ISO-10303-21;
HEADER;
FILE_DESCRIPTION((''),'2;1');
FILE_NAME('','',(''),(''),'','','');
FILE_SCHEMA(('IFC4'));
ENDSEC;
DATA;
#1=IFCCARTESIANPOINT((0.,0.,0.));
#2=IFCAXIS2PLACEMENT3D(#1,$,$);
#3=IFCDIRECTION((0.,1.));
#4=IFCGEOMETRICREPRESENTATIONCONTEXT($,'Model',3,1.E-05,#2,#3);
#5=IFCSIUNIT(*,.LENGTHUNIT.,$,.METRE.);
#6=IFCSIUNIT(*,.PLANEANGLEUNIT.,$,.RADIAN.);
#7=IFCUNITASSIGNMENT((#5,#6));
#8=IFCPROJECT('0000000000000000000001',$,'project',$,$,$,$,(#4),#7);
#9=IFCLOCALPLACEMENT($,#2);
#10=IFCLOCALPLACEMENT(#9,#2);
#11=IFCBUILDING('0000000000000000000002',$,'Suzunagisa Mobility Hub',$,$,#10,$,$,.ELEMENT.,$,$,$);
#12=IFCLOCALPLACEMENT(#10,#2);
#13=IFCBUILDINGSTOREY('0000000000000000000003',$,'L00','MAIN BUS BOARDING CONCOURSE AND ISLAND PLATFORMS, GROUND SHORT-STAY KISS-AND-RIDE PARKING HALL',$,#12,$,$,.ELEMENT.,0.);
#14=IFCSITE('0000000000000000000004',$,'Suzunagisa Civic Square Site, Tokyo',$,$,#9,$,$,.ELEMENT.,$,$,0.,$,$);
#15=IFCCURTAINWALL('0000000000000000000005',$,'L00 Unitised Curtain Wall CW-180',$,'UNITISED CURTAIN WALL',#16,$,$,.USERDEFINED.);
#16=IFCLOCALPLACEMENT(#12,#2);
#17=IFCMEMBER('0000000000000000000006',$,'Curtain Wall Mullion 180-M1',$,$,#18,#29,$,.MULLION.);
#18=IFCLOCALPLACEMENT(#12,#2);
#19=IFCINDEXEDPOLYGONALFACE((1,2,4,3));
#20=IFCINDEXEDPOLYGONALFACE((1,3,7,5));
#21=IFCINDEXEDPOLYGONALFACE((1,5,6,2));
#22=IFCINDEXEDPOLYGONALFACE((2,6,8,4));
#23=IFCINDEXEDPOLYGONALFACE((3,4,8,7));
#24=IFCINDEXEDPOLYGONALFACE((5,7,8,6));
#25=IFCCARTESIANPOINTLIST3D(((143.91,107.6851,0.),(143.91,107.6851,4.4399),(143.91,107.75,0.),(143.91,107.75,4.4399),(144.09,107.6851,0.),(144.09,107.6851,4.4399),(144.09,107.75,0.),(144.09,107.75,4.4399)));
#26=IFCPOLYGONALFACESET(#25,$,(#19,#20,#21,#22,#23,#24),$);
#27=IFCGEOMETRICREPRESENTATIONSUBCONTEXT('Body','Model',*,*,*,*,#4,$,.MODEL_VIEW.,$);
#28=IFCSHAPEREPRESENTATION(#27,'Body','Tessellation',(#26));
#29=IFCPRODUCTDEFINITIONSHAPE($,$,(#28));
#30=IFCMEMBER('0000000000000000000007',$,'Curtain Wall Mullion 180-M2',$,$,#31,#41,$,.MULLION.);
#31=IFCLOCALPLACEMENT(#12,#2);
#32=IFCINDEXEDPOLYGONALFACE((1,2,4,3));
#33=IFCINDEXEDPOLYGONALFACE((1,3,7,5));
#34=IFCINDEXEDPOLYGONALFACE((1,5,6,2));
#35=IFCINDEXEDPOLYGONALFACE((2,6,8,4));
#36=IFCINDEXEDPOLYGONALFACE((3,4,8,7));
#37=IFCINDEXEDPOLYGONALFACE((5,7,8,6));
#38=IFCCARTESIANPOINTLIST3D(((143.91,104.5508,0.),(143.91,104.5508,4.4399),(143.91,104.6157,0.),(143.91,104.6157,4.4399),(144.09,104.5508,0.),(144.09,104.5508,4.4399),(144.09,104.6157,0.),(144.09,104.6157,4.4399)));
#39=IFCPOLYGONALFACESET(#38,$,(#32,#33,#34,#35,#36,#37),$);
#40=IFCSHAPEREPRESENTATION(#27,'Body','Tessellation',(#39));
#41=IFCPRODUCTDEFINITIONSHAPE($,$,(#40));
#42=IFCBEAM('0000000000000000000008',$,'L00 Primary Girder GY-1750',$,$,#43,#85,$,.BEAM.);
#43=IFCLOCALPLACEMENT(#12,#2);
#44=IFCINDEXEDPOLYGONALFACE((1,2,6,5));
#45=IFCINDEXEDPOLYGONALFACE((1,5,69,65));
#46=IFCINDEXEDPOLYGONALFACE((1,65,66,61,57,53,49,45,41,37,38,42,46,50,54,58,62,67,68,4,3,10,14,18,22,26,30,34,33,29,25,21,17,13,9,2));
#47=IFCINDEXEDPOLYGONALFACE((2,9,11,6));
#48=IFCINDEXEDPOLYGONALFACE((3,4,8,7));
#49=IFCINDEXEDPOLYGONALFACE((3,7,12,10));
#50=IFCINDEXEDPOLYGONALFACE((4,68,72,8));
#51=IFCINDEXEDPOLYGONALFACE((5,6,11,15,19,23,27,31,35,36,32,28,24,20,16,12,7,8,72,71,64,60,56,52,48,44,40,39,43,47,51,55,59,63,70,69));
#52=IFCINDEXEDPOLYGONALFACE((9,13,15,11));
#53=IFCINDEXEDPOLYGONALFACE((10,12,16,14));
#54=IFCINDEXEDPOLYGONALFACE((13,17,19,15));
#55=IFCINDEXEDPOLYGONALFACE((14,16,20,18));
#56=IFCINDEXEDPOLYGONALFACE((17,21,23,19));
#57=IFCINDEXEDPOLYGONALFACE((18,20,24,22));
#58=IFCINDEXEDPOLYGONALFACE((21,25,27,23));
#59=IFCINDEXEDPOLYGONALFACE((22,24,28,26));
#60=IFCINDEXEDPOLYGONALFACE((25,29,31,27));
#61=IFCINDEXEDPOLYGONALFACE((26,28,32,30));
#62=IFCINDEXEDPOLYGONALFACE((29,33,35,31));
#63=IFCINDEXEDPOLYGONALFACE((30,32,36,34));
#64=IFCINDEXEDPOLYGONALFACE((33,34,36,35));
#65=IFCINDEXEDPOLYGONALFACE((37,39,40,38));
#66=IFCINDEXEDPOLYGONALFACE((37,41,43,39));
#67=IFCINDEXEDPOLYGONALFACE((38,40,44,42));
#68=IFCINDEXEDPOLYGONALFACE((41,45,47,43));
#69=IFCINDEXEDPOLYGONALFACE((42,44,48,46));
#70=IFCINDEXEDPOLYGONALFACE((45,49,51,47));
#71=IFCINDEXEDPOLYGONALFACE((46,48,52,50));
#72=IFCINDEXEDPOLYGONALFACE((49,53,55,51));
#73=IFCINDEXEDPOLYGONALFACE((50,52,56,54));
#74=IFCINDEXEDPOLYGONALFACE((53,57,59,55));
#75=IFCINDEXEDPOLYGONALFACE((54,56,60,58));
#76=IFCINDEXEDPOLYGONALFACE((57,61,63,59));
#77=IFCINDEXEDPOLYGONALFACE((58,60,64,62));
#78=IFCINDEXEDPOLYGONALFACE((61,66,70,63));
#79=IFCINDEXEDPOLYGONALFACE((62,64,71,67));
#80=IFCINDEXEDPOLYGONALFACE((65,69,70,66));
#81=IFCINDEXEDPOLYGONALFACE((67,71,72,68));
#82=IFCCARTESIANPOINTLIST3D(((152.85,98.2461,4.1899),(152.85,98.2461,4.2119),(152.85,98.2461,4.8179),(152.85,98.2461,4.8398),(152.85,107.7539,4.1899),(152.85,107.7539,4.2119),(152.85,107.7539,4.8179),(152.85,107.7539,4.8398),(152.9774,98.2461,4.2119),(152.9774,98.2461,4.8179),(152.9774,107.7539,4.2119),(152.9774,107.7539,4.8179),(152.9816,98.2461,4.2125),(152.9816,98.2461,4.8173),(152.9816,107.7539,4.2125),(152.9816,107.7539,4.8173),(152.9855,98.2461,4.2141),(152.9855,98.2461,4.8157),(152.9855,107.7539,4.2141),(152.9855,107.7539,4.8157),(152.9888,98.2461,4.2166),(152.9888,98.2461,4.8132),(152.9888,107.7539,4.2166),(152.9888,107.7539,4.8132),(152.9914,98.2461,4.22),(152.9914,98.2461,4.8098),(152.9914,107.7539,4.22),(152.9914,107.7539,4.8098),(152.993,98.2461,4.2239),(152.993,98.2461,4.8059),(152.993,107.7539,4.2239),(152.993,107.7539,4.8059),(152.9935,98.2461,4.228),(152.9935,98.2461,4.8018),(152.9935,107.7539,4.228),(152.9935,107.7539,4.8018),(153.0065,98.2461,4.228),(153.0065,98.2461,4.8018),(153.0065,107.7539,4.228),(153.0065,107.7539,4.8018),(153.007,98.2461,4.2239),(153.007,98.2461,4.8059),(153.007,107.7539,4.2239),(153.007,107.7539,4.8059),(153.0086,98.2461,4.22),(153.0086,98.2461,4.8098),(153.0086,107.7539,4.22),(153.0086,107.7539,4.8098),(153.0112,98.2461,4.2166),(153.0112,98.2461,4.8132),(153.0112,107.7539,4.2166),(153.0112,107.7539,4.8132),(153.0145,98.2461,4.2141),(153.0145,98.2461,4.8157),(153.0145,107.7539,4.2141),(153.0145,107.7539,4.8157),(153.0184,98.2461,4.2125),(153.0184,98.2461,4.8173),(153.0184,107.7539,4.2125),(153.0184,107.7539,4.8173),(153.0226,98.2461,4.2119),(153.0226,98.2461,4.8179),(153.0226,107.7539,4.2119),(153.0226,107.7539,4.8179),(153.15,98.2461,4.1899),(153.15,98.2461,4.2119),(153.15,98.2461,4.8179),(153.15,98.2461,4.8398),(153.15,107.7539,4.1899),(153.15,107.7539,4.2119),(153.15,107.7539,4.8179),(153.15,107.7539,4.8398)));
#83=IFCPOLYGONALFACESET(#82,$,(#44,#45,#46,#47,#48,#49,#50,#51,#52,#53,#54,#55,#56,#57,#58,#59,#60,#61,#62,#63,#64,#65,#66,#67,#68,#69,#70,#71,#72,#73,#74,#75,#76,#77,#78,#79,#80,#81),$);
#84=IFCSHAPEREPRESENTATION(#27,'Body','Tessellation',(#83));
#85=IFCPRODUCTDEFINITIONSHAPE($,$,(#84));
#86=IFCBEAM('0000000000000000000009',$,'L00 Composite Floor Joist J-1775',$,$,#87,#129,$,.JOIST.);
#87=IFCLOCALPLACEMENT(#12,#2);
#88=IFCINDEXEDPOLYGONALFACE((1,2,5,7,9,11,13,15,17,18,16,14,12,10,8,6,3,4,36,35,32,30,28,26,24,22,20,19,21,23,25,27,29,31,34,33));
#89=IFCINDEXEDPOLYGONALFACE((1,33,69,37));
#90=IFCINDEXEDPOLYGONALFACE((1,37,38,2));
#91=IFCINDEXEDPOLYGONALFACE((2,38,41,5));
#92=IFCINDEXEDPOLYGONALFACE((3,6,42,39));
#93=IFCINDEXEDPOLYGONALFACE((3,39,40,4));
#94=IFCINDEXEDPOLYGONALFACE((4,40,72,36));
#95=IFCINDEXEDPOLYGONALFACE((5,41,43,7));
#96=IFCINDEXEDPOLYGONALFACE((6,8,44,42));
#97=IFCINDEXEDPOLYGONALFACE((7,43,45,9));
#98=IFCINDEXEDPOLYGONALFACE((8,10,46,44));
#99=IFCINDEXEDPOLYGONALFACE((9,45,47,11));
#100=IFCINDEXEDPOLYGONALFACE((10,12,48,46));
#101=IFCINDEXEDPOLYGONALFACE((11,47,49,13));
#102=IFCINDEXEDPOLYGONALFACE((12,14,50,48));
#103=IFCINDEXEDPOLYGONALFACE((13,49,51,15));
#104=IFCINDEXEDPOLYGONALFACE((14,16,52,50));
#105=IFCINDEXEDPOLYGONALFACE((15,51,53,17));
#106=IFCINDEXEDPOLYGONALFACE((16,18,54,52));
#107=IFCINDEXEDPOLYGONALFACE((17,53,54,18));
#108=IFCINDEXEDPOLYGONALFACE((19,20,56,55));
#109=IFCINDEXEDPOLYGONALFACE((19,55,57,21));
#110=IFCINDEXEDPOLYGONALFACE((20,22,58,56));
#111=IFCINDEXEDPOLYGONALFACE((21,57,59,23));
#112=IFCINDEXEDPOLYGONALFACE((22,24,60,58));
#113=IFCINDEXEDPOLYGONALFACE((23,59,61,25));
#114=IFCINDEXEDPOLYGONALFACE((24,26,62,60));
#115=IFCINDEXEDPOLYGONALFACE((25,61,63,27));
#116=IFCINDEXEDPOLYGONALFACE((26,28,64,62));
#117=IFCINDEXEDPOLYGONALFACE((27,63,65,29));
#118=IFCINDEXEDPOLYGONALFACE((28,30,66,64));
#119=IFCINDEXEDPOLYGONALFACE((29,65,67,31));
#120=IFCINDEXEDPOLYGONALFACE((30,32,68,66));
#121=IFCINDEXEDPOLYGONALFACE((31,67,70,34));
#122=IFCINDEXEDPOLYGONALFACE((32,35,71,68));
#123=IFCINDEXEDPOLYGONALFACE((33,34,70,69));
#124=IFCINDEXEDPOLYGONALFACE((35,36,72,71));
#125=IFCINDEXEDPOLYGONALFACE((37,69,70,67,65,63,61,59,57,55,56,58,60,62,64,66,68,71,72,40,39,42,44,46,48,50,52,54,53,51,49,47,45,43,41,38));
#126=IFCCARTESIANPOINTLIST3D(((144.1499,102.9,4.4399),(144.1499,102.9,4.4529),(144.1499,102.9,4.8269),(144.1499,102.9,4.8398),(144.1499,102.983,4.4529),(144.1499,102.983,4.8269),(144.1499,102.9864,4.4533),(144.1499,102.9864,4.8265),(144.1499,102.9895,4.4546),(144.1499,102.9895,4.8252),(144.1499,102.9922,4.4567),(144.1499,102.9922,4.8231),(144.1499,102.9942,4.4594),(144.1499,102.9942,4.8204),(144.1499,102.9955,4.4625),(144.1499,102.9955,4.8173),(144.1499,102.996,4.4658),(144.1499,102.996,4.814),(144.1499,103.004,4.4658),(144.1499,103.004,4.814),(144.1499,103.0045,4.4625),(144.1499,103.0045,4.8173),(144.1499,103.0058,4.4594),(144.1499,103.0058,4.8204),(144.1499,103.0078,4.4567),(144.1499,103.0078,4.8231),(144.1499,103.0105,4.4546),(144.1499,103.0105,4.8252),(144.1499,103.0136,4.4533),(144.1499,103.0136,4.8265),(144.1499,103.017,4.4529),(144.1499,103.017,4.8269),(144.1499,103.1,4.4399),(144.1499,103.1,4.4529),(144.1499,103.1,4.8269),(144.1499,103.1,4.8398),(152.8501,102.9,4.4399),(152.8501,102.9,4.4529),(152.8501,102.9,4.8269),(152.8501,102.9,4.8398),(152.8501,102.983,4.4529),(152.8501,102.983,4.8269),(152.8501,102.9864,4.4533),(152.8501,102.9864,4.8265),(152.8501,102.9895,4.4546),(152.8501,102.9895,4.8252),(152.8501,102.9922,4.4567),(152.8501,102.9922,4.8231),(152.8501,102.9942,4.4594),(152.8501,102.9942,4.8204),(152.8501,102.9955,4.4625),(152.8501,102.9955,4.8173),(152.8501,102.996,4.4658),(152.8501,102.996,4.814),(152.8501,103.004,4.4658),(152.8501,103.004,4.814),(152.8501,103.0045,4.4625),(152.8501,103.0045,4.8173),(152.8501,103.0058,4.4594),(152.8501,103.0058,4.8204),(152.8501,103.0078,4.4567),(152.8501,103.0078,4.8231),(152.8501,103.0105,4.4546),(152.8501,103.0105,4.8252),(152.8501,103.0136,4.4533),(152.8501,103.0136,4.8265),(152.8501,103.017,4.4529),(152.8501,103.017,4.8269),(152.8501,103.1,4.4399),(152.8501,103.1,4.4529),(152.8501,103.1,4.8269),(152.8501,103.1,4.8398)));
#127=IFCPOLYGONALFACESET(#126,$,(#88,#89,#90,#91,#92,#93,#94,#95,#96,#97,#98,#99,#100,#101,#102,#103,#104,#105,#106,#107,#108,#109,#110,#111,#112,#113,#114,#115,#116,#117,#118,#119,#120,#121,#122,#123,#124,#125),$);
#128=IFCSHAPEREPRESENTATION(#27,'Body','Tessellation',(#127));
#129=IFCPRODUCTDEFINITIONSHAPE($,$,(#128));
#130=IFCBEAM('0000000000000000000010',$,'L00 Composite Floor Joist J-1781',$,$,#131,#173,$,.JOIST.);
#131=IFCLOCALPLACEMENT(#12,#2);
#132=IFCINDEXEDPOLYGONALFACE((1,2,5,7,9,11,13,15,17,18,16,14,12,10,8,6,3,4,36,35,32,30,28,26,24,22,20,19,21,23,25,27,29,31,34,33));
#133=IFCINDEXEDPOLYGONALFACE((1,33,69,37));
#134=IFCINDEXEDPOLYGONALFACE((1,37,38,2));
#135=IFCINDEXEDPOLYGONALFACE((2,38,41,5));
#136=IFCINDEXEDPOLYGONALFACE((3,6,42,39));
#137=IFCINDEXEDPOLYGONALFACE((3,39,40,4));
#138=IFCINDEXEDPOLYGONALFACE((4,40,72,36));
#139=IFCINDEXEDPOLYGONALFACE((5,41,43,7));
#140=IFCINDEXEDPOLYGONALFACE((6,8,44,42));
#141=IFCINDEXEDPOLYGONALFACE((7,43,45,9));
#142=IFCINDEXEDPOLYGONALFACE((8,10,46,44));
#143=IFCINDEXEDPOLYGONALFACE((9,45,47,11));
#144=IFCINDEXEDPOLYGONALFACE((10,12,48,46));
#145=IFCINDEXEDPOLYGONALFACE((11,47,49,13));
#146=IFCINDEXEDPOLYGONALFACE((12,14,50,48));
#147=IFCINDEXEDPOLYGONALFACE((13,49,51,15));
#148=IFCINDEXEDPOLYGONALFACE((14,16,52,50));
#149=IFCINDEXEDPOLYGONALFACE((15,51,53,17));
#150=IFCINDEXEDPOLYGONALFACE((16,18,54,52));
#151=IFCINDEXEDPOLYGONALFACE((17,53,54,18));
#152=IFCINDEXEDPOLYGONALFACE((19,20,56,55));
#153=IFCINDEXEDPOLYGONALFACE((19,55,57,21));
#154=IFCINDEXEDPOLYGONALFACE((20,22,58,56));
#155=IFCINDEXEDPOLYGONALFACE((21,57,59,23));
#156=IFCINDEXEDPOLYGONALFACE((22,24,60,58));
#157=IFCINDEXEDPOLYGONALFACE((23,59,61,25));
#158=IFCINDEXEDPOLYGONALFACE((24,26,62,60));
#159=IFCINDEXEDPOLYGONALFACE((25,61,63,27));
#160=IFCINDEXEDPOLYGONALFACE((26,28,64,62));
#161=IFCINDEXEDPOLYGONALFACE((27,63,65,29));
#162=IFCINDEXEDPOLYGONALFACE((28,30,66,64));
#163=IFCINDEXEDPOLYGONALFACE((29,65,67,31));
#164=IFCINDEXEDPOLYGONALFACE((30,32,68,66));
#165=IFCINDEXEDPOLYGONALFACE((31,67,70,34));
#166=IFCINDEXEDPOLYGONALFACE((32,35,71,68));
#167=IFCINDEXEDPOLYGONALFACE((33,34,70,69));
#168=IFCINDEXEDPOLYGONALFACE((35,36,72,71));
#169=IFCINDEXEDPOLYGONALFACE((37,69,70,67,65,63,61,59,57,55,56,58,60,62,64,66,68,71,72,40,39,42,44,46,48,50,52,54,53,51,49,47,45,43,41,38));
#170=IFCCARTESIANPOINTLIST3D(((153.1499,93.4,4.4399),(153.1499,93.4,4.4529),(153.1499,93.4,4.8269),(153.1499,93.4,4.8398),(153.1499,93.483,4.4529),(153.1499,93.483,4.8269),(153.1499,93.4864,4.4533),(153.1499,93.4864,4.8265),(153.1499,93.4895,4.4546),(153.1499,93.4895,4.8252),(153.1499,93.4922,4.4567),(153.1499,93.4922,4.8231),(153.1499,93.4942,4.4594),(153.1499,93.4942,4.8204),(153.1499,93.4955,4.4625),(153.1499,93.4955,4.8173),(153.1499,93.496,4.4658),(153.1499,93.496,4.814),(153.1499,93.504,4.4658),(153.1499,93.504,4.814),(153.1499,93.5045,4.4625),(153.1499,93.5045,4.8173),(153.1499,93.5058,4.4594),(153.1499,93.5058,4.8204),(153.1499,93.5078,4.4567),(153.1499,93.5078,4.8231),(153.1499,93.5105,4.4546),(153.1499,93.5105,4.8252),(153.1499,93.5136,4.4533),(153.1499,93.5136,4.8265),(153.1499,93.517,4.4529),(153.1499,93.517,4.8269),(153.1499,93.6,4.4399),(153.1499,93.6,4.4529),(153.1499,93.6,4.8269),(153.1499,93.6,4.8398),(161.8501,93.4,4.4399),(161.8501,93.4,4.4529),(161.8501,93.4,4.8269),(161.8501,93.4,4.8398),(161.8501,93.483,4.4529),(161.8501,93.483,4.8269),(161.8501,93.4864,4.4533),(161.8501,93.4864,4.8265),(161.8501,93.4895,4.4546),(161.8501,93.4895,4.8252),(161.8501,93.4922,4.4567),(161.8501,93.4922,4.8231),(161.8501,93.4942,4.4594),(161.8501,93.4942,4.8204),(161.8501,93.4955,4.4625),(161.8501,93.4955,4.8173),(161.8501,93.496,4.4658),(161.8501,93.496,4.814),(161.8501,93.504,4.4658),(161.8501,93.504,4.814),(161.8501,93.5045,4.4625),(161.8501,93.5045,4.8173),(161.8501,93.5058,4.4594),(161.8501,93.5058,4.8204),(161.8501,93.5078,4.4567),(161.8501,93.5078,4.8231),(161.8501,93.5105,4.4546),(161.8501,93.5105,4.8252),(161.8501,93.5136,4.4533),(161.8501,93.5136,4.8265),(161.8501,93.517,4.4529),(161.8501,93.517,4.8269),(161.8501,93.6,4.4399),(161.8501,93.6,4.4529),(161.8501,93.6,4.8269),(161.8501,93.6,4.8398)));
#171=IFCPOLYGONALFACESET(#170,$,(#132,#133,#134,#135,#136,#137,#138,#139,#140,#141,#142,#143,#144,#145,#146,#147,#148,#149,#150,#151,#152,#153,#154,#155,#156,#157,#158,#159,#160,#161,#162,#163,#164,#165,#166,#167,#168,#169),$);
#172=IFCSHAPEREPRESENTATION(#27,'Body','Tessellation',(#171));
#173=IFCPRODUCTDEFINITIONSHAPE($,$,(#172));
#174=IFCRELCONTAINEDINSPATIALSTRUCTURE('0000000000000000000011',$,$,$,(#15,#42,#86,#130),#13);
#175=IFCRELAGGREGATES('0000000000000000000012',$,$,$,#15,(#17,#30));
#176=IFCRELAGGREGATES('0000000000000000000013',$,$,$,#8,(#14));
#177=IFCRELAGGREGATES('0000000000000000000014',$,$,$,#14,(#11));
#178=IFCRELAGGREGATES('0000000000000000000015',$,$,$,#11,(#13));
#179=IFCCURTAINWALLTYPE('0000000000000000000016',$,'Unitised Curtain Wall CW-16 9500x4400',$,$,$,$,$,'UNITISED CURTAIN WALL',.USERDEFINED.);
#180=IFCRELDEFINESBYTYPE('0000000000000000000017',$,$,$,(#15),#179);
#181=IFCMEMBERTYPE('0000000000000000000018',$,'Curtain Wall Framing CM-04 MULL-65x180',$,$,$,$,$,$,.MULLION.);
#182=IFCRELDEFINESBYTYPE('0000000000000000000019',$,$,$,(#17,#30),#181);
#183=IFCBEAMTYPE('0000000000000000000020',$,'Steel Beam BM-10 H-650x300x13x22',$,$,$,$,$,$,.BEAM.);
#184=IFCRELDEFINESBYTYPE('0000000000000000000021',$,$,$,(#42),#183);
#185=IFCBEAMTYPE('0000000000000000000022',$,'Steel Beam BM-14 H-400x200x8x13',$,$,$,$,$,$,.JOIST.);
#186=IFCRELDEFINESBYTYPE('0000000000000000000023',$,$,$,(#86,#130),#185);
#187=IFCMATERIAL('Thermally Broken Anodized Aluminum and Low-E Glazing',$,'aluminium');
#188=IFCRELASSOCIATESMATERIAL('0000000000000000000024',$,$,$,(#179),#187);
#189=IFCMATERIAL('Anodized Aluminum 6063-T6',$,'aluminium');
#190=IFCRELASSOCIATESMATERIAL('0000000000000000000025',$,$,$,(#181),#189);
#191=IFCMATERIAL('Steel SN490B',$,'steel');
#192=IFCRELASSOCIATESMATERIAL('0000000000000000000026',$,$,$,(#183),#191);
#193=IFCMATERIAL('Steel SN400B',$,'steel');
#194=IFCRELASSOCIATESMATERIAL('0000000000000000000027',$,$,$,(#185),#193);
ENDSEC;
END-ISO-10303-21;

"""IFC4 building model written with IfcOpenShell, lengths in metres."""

from ifc_helpers import new_model, si_unit, direction, frame, origin, origin_2d, place, context, subcontext, project, spatial, rectangle, i_section, extrude, material, material_profile, profile_set, type_object, element, aggregate, save


model = new_model("IFC4")

# Units and contexts
model_context = context("Model", 3, precision=1e-05, world=origin(), true_north=direction((0.0, 1.0)))
body_context = subcontext(model_context, "Body", "Model", "MODEL_VIEW")
ifc_project = project(units=[si_unit("LENGTHUNIT", "METRE"), si_unit("PLANEANGLEUNIT", "RADIAN")], contexts=[model_context])

# Site, building, storey
site_placement = place(None, origin())
site = spatial("IfcSite", under=ifc_project, at=site_placement, Name="Suzunagisa Civic Square Site, Tokyo", CompositionType="ELEMENT", RefElevation=0.0)
building_placement = place(site_placement, origin())
building = spatial("IfcBuilding", under=site, at=building_placement, Name="Suzunagisa Mobility Hub", CompositionType="ELEMENT")
storey_placement = place(building_placement, origin())
storey = spatial("IfcBuildingStorey", under=building, at=storey_placement, Name="L00", Description="MAIN BUS BOARDING CONCOURSE AND ISLAND PLATFORMS, GROUND SHORT-STAY KISS-AND-RIDE PARKING HALL", CompositionType="ELEMENT", Elevation=0.0)

# Shared definitions
ifc_material_1 = material(Name="Steel SN490B", Category="steel")

# Curtain wall
ifc_material_2 = material(Name="Thermally Broken Anodized Aluminum and Low-E Glazing", Category="aluminium")
ifc_material_3 = material(Name="Anodized Aluminum 6063-T6", Category="aluminium")
curtain_wall_type_1 = type_object("IfcCurtainWallType", Name="Unitised Curtain Wall CW-16 9500x4400", ElementType="UNITISED CURTAIN WALL", PredefinedType="USERDEFINED", material=ifc_material_2)
curtain_wall_1_placement = place(storey_placement, origin())
curtain_wall_1 = element("IfcCurtainWall", 1, at=curtain_wall_1_placement, inside=storey, type_object=curtain_wall_type_1, Name="L00 Unitised Curtain Wall CW-180", ObjectType="UNITISED CURTAIN WALL", PredefinedType="USERDEFINED")

# Members
ifc_material_profile_1 = material_profile(ifc_material_3, rectangle(XDim=0.0649, YDim=0.1799, at=origin_2d()), Name="MULL-65x180")
ifc_profile_set_1 = profile_set([ifc_material_profile_1], Name="Anodized Aluminum 6063-T6")
member_type_1 = type_object("IfcMemberType", Name="Curtain Wall Framing CM-04 MULL-65x180", PredefinedType="MULLION", material=ifc_profile_set_1)
member_1_placement = place(storey_placement, frame((144.0, 107.7175, 0.0), z_axis=(0.0, 0.0, 1.0), x_axis=(0.0, -1.0, 0.0)))
member_1 = element("IfcMember", 2, at=member_1_placement, type_object=member_type_1, Name="Curtain Wall Mullion 180-M1", PredefinedType="MULLION", context=body_context, shape_type="SweptSolid", body=[
    extrude(rectangle(XDim=0.0649, YDim=0.1799, at=origin_2d()), origin(), (0.0, 0.0, 1.0), 4.4399),
])
member_2_placement = place(storey_placement, frame((144.0, 104.5833, 0.0), z_axis=(0.0, 0.0, 1.0), x_axis=(0.0, -1.0, 0.0)))
member_2 = element("IfcMember", 3, at=member_2_placement, type_object=member_type_1, Name="Curtain Wall Mullion 180-M2", PredefinedType="MULLION", context=body_context, shape_type="SweptSolid", body=[
    extrude(rectangle(XDim=0.0649, YDim=0.1799, at=origin_2d()), origin(), (0.0, 0.0, 1.0), 4.4399),
])

# Beams
ifc_material_profile_2 = material_profile(ifc_material_1, i_section(OverallWidth=0.3, OverallDepth=0.6499, WebThickness=0.0129, FlangeThickness=0.022, FilletRadius=0.0161, at=origin_2d()), Name="H-650x300x13x22")
ifc_profile_set_2 = profile_set([ifc_material_profile_2], Name="Steel SN490B")
beam_type_1 = type_object("IfcBeamType", Name="Steel Beam BM-10 H-650x300x13x22", PredefinedType="BEAM", material=ifc_profile_set_2)
beam_placement = place(storey_placement, frame((153.0, 98.2461, 4.5149), z_axis=(0.0, 1.0, 0.0), x_axis=(-1.0, 0.0, 0.0)))
element("IfcBeam", 4, at=beam_placement, inside=storey, type_object=beam_type_1, Name="L00 Primary Girder GY-1750", PredefinedType="BEAM", context=body_context, shape_type="SweptSolid", body=[
    extrude(i_section(OverallWidth=0.3, OverallDepth=0.6499, WebThickness=0.0129, FlangeThickness=0.022, FilletRadius=0.0161, at=origin_2d()), origin(), (0.0, 0.0, 1.0), 9.5078),
])
ifc_material_4 = material(Name="Steel SN400B", Category="steel")
ifc_material_profile_3 = material_profile(ifc_material_4, i_section(OverallWidth=0.2, OverallDepth=0.3999, WebThickness=0.0081, FlangeThickness=0.0129, FilletRadius=0.0129, at=origin_2d()), Name="H-400x200x8x13")
ifc_profile_set_3 = profile_set([ifc_material_profile_3], Name="Steel SN400B")
beam_type_2 = type_object("IfcBeamType", Name="Steel Beam BM-14 H-400x200x8x13", PredefinedType="JOIST", material=ifc_profile_set_3)
for number, where, z_axis, x_axis, name in (
    (5, (144.1499, 103.0, 4.6399), (1.0, 0.0, 0.0), (0.0, 1.0, 0.0), "L00 Composite Floor Joist J-1775"),
    (6, (153.1499, 93.5, 4.6399), (1.0, 0.0, 0.0), (0.0, 1.0, 0.0), "L00 Composite Floor Joist J-1781"),
):
    element("IfcBeam", number, at=place(storey_placement, frame(where, z_axis=z_axis, x_axis=x_axis)), inside=storey, type_object=beam_type_2, Name=name, PredefinedType="JOIST", context=body_context, shape_type="SweptSolid", body=[
        extrude(i_section(OverallWidth=0.2, OverallDepth=0.3999, WebThickness=0.0081, FlangeThickness=0.0129, FilletRadius=0.0129, at=origin_2d()), origin(), (0.0, 0.0, 1.0), 8.7002),
    ])

aggregate(curtain_wall_1, [member_1, member_2])

save(model, "model.ifc")
